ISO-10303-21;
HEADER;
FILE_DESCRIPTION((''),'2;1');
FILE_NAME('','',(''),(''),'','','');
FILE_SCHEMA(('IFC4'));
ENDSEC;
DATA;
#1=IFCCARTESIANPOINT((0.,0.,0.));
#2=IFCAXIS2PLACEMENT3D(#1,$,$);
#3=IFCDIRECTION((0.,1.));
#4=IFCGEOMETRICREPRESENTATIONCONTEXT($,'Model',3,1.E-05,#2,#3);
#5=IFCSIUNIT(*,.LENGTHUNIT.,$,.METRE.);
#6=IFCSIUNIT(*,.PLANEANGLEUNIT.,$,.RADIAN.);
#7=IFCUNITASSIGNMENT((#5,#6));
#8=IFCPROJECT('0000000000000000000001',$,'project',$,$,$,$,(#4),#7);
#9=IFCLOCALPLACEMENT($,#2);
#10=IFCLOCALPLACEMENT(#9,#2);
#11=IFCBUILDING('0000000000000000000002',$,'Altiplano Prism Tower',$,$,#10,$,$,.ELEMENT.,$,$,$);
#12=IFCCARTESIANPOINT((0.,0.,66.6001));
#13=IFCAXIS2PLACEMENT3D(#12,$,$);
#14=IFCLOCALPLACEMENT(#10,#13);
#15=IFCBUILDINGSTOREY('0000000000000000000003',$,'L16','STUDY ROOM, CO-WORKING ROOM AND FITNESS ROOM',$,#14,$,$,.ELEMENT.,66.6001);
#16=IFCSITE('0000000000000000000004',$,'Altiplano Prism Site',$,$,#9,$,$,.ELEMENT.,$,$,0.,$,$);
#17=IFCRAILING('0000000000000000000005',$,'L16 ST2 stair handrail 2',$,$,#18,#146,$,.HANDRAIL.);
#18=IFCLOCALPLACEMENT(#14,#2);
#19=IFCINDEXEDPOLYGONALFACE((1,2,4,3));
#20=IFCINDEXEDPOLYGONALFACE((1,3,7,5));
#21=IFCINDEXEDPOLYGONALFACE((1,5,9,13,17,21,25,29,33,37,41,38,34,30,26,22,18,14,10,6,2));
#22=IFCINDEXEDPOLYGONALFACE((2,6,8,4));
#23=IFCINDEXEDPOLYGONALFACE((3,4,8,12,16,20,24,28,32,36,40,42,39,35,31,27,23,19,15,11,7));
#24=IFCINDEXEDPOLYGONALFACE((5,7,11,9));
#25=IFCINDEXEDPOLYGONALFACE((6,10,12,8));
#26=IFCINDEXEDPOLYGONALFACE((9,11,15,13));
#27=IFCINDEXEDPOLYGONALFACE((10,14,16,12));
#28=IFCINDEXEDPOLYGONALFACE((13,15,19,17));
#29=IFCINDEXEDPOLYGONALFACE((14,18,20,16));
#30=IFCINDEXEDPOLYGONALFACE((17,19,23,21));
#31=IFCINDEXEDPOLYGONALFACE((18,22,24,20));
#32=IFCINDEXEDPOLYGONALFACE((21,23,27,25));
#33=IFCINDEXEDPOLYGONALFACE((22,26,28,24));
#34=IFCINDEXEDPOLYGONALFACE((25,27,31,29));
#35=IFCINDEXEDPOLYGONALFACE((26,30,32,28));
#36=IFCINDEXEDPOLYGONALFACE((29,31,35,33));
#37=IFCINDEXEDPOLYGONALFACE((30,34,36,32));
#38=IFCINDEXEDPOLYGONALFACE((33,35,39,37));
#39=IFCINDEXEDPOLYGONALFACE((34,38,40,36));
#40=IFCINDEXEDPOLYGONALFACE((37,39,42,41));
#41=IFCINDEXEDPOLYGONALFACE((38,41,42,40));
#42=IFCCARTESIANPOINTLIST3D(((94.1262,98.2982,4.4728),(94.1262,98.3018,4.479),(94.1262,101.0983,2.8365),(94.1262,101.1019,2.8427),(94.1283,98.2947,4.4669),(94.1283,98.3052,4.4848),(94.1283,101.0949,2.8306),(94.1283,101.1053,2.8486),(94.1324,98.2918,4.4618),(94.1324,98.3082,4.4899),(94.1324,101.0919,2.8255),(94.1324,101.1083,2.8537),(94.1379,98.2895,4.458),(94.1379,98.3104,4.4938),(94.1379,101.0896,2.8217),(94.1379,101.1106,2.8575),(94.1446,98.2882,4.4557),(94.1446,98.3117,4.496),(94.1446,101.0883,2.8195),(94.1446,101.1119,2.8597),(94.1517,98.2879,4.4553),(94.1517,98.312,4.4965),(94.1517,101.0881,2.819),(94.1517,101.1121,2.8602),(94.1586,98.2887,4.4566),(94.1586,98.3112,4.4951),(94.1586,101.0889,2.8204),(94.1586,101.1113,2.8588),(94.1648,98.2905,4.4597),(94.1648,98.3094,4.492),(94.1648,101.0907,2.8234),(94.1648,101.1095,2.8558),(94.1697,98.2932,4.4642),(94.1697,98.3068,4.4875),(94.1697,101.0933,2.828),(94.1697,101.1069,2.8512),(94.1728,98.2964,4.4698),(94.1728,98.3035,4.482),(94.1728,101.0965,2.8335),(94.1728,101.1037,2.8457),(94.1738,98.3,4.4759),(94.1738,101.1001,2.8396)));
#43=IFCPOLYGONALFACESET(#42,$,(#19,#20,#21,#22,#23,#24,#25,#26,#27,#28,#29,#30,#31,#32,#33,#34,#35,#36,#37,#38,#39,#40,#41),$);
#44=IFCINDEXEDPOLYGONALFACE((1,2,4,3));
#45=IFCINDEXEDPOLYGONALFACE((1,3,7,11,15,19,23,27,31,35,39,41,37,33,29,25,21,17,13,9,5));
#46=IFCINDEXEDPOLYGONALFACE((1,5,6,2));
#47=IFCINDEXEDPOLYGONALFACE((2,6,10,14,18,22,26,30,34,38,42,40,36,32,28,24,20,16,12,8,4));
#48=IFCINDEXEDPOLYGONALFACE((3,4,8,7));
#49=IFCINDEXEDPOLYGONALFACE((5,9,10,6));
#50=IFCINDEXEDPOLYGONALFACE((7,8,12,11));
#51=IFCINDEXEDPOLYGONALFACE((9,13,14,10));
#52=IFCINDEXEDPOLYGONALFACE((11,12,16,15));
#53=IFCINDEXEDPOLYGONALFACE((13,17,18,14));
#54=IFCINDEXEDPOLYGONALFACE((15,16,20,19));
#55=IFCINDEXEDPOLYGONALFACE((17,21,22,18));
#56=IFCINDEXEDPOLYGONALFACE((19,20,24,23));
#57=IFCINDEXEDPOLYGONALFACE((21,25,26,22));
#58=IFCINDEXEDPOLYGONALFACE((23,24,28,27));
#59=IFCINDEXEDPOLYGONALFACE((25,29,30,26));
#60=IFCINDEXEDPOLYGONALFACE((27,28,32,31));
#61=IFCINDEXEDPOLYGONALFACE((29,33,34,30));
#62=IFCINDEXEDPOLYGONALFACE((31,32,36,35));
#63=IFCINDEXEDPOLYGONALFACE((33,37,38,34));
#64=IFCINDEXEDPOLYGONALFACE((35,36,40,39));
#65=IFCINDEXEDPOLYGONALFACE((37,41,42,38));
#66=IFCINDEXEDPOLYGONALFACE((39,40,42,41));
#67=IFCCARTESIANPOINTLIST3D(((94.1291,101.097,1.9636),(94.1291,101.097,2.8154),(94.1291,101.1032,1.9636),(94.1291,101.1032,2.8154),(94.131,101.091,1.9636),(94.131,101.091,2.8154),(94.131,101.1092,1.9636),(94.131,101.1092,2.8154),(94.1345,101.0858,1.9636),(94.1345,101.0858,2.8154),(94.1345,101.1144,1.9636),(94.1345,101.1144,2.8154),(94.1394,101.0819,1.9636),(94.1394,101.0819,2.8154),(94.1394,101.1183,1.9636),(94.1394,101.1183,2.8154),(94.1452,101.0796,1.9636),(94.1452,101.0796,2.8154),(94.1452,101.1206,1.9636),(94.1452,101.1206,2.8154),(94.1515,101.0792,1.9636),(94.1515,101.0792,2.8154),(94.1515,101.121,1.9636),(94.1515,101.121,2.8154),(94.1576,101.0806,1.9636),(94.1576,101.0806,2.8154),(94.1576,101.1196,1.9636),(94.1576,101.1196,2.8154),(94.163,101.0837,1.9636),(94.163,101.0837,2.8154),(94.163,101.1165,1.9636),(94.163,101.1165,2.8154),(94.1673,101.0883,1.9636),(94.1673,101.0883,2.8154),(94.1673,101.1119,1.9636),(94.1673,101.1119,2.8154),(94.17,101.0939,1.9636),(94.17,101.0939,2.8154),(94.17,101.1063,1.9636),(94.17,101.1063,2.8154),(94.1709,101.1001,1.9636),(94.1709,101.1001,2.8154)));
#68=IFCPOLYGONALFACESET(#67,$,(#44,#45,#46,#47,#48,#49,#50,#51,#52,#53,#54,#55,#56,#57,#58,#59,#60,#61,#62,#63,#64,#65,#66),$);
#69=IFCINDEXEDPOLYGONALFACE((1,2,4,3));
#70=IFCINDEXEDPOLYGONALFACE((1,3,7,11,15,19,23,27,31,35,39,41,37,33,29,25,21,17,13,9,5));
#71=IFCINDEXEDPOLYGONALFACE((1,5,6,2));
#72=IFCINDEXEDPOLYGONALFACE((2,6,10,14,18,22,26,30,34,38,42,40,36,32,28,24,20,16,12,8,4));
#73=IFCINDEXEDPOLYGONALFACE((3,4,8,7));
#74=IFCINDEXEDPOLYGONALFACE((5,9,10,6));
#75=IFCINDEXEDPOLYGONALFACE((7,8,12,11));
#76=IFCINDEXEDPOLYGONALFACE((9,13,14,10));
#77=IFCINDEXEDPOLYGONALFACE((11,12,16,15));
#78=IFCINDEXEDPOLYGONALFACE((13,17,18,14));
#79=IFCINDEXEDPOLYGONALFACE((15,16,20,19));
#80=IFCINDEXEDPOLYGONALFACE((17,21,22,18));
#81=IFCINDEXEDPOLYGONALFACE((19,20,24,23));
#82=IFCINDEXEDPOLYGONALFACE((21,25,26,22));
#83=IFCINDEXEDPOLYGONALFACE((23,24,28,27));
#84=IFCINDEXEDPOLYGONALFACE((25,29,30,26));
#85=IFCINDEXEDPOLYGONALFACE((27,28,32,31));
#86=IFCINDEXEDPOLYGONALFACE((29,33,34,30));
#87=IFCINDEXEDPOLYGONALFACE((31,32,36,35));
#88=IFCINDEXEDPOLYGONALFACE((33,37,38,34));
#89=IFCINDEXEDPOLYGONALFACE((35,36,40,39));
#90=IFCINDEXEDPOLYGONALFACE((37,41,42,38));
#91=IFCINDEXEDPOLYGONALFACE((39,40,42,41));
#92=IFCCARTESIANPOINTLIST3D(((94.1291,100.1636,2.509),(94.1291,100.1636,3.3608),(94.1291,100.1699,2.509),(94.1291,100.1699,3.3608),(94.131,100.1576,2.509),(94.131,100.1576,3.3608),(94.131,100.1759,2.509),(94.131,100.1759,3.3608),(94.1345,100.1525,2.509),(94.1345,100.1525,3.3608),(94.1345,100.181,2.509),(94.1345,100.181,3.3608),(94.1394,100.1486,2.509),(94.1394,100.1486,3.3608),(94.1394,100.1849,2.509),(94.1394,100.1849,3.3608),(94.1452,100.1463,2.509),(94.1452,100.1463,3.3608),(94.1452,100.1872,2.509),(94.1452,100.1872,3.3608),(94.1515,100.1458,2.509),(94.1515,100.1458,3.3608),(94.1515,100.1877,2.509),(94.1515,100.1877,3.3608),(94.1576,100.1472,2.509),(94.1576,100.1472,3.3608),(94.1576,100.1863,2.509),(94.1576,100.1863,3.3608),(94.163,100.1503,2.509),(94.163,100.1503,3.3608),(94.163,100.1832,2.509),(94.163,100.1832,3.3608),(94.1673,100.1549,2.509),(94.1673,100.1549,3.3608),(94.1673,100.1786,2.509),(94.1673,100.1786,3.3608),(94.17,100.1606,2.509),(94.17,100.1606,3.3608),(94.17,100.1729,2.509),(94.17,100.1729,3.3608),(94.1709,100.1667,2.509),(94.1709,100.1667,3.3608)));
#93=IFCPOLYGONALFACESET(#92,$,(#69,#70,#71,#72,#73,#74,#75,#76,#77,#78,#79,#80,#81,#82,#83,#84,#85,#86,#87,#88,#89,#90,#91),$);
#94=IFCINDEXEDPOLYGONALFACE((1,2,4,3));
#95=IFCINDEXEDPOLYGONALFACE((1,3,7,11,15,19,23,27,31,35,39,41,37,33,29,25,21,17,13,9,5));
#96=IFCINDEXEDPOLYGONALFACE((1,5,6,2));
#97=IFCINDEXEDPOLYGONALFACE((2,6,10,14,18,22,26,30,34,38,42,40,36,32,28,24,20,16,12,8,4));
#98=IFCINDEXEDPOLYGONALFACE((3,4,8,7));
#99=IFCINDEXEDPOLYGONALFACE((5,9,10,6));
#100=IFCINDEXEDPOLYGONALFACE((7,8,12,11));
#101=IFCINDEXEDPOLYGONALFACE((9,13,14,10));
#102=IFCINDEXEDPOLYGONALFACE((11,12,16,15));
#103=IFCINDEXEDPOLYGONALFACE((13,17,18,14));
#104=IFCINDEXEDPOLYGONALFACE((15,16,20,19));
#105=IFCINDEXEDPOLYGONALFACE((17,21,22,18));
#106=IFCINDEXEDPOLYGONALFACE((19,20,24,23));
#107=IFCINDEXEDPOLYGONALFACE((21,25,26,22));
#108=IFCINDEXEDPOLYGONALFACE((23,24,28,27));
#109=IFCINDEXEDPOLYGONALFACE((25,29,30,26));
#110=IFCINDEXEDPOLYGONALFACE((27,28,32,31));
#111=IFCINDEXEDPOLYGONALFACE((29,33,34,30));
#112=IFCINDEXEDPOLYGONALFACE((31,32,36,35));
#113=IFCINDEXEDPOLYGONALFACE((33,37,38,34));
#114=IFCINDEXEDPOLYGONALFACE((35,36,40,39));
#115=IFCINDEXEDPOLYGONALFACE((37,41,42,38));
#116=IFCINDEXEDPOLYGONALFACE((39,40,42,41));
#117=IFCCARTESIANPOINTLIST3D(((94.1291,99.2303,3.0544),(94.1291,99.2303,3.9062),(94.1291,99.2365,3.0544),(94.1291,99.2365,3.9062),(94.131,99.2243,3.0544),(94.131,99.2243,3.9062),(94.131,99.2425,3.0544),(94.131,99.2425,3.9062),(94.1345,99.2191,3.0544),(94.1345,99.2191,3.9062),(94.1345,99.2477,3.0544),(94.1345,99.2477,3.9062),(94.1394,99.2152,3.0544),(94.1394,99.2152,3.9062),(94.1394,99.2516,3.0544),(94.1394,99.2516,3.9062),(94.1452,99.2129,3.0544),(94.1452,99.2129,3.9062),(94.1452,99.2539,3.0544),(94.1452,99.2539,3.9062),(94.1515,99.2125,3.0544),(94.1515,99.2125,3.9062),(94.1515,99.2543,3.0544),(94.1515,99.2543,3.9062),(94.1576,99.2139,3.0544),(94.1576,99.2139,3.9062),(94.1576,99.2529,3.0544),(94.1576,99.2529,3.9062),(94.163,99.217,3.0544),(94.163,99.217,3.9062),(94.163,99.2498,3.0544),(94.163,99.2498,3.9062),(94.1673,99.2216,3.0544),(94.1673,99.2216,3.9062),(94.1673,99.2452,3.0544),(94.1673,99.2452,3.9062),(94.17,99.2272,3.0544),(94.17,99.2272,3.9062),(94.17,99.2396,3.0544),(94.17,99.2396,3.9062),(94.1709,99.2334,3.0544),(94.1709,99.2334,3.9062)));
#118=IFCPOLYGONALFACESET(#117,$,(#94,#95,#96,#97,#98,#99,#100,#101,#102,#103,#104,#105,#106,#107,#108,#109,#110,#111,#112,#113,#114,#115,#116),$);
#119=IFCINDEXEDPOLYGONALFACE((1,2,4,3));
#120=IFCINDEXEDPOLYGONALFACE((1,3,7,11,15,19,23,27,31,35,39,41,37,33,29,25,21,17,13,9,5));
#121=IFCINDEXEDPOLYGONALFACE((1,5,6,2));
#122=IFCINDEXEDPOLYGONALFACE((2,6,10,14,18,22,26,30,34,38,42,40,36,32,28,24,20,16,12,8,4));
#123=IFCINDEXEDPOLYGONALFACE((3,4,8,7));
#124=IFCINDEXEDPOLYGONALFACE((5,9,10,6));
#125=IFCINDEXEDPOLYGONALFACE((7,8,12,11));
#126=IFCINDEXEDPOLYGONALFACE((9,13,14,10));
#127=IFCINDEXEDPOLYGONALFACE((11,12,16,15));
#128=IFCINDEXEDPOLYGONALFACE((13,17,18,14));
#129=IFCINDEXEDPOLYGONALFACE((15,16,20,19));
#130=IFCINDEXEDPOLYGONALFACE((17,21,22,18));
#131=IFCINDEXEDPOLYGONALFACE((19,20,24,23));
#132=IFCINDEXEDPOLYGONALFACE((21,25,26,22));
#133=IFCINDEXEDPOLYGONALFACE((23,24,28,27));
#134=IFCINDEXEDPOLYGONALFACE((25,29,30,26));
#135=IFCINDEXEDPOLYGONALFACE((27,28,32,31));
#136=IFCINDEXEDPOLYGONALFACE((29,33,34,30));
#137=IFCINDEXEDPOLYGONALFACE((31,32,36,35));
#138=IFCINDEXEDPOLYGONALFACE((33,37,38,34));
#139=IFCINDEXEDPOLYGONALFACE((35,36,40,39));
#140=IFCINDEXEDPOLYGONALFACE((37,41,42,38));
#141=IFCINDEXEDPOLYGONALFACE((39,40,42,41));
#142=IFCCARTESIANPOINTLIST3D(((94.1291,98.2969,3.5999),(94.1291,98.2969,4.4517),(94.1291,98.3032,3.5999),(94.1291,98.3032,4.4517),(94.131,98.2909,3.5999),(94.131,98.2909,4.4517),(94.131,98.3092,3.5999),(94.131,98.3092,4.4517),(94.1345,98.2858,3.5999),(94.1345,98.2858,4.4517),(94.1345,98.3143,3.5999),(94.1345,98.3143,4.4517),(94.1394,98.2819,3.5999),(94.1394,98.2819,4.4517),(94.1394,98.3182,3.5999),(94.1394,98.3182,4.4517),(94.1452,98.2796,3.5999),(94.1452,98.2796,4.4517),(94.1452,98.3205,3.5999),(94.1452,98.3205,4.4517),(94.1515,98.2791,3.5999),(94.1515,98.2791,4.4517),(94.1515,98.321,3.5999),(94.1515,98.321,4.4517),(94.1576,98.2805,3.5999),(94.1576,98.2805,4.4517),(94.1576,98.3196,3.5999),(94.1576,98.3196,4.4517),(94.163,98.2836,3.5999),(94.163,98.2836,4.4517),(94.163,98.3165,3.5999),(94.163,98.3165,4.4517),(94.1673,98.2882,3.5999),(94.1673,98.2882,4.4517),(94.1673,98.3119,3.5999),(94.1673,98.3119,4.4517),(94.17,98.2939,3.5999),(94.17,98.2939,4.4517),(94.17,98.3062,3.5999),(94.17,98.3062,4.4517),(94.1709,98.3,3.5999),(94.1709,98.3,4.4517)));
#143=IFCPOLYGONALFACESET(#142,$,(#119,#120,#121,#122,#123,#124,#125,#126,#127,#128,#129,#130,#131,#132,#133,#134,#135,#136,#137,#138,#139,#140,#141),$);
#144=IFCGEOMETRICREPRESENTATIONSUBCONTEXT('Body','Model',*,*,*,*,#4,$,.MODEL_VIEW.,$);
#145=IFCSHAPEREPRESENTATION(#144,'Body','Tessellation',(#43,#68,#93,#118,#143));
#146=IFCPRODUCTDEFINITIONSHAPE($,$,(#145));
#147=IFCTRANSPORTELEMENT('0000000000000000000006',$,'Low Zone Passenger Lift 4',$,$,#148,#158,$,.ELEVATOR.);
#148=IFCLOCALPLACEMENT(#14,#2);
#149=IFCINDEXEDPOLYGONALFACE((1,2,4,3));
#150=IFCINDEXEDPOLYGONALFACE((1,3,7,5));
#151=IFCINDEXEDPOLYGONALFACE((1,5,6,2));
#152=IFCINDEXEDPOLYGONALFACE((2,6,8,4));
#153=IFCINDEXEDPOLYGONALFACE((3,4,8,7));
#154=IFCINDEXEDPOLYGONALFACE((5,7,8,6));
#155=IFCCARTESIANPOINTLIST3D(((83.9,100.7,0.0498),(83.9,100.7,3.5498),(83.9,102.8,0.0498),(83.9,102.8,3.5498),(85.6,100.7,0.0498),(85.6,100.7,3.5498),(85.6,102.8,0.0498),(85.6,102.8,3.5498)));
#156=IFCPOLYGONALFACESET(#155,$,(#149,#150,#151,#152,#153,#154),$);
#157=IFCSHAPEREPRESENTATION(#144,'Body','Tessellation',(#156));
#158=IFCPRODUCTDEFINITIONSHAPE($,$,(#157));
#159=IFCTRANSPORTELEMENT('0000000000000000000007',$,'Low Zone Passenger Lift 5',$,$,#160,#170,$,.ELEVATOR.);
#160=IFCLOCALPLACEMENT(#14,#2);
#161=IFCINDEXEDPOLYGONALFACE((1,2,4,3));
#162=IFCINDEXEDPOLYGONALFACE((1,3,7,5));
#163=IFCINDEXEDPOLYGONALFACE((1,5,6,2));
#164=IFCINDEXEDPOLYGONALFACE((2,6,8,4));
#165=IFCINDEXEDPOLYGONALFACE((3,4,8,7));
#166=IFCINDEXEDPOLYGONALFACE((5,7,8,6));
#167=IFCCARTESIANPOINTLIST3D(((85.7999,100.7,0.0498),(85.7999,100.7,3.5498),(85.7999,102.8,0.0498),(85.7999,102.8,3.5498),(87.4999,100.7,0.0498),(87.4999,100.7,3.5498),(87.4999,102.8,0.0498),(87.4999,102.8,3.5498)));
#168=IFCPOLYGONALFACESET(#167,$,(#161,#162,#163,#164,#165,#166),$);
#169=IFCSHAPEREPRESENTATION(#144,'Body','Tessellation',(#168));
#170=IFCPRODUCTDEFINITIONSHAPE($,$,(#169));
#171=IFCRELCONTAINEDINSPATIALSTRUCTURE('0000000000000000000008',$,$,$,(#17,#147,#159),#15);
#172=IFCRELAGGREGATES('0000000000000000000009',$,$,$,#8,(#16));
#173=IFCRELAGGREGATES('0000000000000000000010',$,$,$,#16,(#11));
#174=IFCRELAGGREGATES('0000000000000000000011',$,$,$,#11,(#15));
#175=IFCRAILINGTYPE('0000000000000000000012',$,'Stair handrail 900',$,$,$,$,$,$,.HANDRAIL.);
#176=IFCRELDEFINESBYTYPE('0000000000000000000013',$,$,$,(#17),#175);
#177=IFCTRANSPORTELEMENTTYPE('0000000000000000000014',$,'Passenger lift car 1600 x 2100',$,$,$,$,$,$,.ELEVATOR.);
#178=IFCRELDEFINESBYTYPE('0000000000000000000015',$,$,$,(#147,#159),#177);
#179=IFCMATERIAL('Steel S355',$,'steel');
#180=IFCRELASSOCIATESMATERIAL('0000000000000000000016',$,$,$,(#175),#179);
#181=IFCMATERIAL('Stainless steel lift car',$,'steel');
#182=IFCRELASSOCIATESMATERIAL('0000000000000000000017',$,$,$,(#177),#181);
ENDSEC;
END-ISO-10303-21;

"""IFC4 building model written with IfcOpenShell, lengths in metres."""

from ifc_helpers import new_model, si_unit, direction, frame, origin, origin_2d, place, context, subcontext, project, spatial, rectangle, circle, extrude, material, type_object, element, save


model = new_model("IFC4")

# Units and contexts
model_context = context("Model", 3, precision=1e-05, world=origin(), true_north=direction((0.0, 1.0)))
body_context = subcontext(model_context, "Body", "Model", "MODEL_VIEW")
ifc_project = project(units=[si_unit("LENGTHUNIT", "METRE"), si_unit("PLANEANGLEUNIT", "RADIAN")], contexts=[model_context])

# Site, building, storey
site_placement = place(None, origin())
site = spatial("IfcSite", under=ifc_project, at=site_placement, Name="Altiplano Prism Site", CompositionType="ELEMENT", RefElevation=0.0)
building_placement = place(site_placement, origin())
building = spatial("IfcBuilding", under=site, at=building_placement, Name="Altiplano Prism Tower", CompositionType="ELEMENT")
storey_placement = place(building_placement, frame((0.0, 0.0, 66.6001)))
storey = spatial("IfcBuildingStorey", under=building, at=storey_placement, Name="L16", Description="STUDY ROOM, CO-WORKING ROOM AND FITNESS ROOM", CompositionType="ELEMENT", Elevation=66.6001)

# Railing
ifc_material_1 = material(Name="Steel S355", Category="steel")
railing_type_1 = type_object("IfcRailingType", Name="Stair handrail 900", PredefinedType="HANDRAIL", material=ifc_material_1)
railing_1_placement = place(storey_placement, frame((94.1499, 101.1001, 1.9636)))
element("IfcRailing", 1, at=railing_1_placement, inside=storey, type_object=railing_type_1, Name="L16 ST2 stair handrail 2", PredefinedType="HANDRAIL", context=body_context, shape_type="SweptSolid", body=[
    extrude(circle(Radius=0.0239, at=origin_2d()), frame((0.0, 0.0, 0.876), z_axis=(0.0, -0.863394, 0.504531), x_axis=(1.0, 0.0, 0.0)), (0.0, 0.0, 1.0), 3.2432),
    extrude(circle(Radius=0.021, at=origin_2d()), origin(), (0.0, 0.0, 1.0), 0.8518),
    extrude(circle(Radius=0.021, at=origin_2d()), frame((0.0, -0.9333, 0.5454)), (0.0, 0.0, 1.0), 0.8518),
    extrude(circle(Radius=0.021, at=origin_2d()), frame((0.0, -1.8667, 1.0908)), (0.0, 0.0, 1.0), 0.8518),
    extrude(circle(Radius=0.021, at=origin_2d()), frame((0.0, -2.8, 1.6362)), (0.0, 0.0, 1.0), 0.8518),
])

# Transport elements
ifc_material_2 = material(Name="Stainless steel lift car", Category="steel")
transport_element_type = type_object("IfcTransportElementType", Name="Passenger lift car 1600 x 2100", PredefinedType="ELEVATOR", material=ifc_material_2)
for number, where, z_axis, x_axis, name in (
    (2, (84.75, 101.75, 0.0498), (0.0, 0.0, 1.0), (1.0, 0.0, 0.0), "Low Zone Passenger Lift 4"),
    (3, (86.6499, 101.75, 0.0498), (0.0, 0.0, 1.0), (1.0, 0.0, 0.0), "Low Zone Passenger Lift 5"),
):
    element("IfcTransportElement", number, at=place(storey_placement, frame(where, z_axis=z_axis, x_axis=x_axis)), inside=storey, type_object=transport_element_type, Name=name, PredefinedType="ELEVATOR", context=body_context, shape_type="SweptSolid", body=[
        extrude(rectangle(XDim=1.7, YDim=2.1001, at=origin_2d()), origin(), (0.0, 0.0, 1.0), 3.5),
    ])

save(model, "model.ifc")
